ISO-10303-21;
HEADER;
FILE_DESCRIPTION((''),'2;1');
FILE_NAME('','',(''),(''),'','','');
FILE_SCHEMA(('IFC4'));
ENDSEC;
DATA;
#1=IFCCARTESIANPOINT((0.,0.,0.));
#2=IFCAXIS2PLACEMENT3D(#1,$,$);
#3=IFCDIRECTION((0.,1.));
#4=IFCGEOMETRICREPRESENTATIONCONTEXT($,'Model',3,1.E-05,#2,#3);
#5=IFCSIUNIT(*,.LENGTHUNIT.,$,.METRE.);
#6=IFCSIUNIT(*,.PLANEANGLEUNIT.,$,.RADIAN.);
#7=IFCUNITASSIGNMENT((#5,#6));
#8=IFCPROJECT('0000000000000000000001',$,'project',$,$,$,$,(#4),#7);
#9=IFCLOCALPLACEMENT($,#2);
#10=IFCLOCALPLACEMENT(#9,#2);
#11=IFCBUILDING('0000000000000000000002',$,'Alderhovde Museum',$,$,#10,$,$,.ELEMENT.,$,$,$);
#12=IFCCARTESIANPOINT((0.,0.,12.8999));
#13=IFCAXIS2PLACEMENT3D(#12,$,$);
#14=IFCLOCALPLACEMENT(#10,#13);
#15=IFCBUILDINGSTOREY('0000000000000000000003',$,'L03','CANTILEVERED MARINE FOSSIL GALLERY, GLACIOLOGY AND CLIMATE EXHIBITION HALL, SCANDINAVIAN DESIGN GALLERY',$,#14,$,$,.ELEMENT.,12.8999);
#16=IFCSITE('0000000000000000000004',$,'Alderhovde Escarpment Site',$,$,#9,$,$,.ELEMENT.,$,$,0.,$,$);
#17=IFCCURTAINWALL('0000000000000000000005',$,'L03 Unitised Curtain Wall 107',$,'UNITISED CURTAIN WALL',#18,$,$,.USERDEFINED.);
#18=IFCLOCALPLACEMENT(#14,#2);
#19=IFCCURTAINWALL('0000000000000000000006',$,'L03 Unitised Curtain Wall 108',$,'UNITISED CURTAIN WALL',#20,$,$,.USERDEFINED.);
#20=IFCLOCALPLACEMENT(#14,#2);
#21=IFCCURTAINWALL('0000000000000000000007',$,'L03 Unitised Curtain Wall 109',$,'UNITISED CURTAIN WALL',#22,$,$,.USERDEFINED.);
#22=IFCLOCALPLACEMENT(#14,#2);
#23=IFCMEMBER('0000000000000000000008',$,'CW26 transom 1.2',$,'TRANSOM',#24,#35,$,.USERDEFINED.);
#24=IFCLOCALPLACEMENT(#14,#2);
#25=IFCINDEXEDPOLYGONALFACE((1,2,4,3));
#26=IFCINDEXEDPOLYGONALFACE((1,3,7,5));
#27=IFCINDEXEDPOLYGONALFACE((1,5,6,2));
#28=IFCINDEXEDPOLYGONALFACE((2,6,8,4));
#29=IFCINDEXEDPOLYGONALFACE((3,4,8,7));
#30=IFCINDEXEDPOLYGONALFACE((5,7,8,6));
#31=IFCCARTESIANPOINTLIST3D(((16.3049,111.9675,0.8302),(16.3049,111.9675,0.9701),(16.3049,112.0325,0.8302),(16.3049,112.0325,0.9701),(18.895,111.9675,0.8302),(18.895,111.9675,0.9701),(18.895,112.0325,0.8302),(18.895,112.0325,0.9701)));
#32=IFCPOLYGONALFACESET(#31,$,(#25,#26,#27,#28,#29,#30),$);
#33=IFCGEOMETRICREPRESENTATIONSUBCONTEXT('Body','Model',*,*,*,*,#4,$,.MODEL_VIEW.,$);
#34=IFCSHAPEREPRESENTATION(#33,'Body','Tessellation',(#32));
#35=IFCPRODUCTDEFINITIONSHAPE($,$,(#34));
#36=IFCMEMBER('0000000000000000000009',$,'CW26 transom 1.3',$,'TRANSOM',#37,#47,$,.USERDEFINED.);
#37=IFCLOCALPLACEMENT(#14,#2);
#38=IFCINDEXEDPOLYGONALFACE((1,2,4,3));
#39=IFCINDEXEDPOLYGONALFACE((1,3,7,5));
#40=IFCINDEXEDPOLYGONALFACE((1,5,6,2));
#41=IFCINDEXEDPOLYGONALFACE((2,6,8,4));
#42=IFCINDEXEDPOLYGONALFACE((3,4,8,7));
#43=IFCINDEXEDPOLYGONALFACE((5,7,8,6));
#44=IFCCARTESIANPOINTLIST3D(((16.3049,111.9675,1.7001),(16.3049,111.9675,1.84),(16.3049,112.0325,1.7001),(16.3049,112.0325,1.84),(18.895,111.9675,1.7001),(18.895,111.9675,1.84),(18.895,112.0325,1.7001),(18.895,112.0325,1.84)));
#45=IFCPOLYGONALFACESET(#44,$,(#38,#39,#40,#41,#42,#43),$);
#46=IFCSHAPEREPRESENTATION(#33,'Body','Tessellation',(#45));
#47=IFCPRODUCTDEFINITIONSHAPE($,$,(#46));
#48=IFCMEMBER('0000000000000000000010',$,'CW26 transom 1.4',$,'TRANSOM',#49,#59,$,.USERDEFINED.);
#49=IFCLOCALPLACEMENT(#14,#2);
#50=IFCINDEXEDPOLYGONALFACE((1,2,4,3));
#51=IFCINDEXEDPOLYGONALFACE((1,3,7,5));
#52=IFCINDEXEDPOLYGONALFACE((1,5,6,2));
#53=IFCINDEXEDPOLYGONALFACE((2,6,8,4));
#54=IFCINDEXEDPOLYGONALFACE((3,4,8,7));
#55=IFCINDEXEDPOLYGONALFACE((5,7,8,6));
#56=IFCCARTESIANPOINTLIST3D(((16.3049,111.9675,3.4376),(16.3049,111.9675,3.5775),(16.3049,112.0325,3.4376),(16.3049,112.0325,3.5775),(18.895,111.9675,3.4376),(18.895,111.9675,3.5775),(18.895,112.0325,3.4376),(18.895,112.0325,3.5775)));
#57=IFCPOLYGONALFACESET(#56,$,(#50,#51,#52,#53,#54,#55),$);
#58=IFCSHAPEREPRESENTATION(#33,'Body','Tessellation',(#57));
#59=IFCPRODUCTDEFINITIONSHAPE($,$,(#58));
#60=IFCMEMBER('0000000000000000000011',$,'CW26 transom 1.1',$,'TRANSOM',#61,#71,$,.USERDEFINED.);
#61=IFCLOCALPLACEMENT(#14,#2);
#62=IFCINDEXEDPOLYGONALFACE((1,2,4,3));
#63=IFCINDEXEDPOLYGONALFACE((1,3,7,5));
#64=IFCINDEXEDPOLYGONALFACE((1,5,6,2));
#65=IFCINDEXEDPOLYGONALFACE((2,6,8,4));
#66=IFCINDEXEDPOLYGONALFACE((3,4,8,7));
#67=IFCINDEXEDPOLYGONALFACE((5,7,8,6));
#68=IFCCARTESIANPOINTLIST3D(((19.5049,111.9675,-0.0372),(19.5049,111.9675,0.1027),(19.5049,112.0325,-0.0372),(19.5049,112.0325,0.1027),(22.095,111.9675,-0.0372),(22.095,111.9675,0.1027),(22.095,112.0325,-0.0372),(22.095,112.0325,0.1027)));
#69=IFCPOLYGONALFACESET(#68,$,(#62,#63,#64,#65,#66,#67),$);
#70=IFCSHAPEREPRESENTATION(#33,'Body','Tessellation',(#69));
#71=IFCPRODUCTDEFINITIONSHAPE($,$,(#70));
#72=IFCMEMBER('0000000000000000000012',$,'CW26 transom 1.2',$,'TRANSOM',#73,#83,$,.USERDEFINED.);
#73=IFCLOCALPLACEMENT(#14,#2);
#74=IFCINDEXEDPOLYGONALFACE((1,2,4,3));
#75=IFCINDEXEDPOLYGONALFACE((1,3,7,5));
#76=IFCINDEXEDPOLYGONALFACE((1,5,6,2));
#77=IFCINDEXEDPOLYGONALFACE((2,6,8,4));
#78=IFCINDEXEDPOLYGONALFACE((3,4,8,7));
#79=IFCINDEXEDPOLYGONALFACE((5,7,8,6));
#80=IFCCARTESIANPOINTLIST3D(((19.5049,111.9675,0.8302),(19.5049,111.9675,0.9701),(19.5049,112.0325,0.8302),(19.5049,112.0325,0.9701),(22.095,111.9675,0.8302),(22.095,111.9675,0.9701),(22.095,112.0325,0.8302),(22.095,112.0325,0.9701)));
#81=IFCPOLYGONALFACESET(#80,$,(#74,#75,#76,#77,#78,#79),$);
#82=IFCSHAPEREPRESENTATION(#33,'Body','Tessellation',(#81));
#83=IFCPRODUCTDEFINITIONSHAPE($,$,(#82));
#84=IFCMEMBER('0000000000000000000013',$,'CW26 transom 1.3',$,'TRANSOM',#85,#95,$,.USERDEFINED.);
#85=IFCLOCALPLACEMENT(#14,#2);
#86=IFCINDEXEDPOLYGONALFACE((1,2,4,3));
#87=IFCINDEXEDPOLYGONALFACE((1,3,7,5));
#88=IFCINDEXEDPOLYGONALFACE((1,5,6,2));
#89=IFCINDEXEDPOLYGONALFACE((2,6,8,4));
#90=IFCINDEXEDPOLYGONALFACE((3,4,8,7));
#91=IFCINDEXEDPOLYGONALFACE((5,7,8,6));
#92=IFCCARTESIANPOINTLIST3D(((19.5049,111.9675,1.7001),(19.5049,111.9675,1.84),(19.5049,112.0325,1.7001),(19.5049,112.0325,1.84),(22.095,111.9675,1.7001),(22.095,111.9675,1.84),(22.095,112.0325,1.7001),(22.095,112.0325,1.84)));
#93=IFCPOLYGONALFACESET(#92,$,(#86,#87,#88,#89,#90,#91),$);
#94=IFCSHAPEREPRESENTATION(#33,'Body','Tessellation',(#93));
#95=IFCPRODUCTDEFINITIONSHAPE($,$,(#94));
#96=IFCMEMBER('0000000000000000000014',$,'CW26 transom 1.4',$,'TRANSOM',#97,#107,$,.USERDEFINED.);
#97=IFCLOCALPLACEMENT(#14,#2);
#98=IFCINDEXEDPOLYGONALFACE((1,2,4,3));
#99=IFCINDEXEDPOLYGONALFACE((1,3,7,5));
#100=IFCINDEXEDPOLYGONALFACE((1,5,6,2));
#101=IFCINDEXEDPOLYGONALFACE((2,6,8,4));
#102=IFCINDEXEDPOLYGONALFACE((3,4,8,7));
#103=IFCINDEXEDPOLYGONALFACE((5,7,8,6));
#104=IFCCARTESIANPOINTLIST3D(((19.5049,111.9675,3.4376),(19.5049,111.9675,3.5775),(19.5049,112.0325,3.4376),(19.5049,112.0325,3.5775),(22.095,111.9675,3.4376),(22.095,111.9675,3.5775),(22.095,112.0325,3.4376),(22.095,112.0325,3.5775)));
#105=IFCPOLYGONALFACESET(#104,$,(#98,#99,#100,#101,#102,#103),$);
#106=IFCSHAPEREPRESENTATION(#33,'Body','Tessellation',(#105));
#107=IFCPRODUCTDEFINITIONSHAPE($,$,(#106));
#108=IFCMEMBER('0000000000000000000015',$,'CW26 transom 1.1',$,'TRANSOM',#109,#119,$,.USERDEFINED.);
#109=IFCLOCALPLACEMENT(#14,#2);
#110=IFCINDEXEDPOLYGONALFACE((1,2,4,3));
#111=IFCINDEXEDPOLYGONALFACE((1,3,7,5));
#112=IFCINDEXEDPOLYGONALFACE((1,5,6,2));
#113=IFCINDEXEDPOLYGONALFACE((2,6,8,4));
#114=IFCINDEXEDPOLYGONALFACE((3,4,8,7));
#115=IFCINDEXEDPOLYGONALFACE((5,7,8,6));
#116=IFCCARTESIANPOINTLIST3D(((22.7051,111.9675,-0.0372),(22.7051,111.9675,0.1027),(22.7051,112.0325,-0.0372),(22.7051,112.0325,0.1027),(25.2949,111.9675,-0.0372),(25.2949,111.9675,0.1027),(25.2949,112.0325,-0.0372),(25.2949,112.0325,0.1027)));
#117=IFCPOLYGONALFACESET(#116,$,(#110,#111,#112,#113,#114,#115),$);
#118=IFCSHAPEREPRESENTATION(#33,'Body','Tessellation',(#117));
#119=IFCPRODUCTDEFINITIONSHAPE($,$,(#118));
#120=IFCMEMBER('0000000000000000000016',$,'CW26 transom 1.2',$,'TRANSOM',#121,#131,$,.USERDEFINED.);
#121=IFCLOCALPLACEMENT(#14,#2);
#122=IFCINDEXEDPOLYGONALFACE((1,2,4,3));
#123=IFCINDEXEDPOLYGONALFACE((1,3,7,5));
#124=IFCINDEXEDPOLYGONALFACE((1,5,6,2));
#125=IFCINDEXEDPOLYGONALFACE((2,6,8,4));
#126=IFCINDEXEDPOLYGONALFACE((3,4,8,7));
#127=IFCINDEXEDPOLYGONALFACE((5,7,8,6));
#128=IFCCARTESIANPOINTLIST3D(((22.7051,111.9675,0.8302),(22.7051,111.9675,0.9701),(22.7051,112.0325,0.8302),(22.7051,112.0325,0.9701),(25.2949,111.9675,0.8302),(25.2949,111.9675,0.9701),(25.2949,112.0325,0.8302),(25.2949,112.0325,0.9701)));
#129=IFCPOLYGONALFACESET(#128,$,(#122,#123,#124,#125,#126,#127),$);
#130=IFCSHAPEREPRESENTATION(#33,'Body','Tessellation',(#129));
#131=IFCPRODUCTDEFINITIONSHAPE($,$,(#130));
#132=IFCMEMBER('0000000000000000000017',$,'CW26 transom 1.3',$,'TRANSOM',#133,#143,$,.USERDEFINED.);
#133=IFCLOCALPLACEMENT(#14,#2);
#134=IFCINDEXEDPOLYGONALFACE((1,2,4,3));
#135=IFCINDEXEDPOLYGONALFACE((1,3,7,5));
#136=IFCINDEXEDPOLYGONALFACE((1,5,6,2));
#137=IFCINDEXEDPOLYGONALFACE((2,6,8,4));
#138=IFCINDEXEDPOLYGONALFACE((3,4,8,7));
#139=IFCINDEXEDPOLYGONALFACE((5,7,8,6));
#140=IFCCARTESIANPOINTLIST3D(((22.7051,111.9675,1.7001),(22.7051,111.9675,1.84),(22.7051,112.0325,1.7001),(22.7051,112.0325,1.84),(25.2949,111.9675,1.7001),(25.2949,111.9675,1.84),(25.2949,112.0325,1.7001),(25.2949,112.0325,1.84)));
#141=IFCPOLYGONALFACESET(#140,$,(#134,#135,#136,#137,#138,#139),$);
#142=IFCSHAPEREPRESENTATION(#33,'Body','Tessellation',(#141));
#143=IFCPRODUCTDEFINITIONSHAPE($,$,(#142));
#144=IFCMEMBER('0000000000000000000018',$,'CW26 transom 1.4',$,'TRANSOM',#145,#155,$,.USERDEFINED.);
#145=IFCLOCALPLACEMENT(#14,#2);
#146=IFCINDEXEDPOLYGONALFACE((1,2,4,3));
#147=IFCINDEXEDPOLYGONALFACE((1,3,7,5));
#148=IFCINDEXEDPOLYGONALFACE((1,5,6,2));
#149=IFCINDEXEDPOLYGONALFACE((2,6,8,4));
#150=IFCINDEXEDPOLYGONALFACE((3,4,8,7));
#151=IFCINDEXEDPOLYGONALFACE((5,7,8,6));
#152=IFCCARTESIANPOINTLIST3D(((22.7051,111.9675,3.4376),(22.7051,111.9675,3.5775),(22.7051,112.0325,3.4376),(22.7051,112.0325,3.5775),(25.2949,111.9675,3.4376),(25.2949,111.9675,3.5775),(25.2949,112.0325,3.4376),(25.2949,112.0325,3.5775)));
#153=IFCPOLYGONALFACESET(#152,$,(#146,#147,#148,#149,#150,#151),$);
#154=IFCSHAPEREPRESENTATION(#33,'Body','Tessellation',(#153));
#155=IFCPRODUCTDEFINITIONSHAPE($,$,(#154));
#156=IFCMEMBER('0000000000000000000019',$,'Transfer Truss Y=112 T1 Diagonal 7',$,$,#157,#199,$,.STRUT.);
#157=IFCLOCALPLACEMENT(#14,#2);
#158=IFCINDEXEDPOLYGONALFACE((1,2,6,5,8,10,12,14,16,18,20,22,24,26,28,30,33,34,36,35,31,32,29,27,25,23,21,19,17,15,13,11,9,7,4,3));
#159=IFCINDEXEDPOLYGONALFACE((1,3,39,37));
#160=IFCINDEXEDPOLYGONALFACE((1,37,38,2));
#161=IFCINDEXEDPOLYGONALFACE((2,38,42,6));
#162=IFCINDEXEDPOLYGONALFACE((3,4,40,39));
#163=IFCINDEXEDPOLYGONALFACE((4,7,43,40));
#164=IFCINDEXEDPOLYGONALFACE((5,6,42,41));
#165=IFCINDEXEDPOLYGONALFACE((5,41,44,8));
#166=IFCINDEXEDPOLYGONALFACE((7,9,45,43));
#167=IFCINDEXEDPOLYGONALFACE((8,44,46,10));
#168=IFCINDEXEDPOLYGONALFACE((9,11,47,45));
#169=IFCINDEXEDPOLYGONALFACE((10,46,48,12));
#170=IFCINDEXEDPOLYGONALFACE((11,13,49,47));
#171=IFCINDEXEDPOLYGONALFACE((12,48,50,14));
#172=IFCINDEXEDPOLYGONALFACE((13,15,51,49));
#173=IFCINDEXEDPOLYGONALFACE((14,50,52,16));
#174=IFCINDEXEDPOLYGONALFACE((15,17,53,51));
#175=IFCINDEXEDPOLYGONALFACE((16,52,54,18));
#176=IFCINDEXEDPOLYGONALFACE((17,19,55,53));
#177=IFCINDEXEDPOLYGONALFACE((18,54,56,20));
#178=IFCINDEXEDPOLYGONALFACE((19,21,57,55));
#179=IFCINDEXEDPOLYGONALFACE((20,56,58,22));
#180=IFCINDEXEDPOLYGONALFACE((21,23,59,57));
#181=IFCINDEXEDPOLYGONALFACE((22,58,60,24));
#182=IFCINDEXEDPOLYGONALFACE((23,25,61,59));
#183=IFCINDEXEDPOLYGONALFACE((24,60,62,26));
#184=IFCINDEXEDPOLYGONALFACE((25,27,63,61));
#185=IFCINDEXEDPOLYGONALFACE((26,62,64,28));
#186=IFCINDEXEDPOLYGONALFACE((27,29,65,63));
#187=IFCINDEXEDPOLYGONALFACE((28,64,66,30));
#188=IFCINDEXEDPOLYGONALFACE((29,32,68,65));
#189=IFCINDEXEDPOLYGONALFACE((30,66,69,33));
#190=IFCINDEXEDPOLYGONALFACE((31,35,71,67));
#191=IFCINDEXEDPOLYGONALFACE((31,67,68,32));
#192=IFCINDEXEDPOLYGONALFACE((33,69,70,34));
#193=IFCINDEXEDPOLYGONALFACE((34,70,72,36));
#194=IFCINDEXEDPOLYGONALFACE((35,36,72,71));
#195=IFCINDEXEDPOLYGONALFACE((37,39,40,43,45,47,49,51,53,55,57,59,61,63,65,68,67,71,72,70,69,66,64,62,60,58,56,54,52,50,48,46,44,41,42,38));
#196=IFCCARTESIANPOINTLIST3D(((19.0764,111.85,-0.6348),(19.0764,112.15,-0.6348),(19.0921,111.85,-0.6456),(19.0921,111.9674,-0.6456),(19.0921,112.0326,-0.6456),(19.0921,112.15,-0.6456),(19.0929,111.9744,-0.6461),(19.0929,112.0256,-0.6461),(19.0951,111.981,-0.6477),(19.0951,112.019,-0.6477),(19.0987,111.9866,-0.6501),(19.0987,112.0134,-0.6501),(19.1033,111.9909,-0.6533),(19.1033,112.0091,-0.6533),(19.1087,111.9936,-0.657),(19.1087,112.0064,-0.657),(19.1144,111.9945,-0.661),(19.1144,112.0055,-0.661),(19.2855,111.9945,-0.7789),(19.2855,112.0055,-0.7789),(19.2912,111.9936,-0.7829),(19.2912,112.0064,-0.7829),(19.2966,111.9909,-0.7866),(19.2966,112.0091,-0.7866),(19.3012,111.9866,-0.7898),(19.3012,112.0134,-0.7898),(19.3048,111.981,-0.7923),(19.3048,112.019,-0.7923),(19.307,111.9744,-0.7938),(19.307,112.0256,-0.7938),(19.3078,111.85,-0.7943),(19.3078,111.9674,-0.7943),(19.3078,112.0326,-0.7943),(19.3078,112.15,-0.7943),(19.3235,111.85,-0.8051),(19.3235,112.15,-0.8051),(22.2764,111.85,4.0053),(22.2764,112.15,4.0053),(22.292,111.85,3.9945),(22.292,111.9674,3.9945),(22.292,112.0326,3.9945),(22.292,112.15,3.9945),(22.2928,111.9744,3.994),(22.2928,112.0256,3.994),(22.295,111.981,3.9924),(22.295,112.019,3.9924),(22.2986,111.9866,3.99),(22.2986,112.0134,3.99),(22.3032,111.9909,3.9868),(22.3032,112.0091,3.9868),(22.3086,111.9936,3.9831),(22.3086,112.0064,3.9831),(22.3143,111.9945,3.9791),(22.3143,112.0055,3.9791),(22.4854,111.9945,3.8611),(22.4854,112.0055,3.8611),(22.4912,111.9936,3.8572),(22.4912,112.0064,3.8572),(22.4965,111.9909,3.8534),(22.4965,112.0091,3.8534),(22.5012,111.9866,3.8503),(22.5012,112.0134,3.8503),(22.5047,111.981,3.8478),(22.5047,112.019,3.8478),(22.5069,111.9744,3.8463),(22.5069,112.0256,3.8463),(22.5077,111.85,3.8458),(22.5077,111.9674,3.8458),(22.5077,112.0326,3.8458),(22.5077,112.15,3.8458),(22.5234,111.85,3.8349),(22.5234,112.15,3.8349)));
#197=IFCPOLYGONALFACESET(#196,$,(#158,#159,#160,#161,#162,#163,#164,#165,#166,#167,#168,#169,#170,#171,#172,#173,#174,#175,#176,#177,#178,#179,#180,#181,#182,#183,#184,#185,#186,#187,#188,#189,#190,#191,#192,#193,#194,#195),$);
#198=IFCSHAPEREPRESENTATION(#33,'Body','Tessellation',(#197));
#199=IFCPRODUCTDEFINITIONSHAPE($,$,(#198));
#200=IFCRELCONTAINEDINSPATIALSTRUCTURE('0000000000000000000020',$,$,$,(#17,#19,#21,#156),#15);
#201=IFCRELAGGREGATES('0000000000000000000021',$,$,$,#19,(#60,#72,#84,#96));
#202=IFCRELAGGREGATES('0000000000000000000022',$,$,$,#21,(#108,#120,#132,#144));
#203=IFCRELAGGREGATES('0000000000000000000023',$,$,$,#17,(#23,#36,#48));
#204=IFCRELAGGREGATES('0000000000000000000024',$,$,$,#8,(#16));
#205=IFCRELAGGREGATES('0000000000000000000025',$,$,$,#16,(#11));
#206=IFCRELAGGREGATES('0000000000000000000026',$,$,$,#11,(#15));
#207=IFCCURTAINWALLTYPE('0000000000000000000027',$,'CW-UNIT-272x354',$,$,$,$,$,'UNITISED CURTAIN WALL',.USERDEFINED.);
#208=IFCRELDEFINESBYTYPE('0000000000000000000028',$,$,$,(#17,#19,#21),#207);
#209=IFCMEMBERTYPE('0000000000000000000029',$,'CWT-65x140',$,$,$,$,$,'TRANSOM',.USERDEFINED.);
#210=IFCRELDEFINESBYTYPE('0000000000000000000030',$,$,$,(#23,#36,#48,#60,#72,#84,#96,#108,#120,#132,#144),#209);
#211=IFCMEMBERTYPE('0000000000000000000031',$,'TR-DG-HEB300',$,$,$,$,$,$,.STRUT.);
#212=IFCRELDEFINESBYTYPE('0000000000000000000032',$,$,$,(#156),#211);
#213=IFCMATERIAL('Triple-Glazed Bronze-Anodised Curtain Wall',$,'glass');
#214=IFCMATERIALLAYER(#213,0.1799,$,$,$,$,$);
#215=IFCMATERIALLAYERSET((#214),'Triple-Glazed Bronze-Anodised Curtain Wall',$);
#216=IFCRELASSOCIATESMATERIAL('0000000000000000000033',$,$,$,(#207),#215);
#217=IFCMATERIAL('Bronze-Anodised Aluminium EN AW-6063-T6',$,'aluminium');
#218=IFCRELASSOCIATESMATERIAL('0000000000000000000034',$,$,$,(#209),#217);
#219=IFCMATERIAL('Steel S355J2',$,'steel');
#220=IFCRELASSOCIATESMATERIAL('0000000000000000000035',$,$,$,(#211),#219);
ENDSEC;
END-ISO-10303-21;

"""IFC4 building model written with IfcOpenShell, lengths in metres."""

from ifc_helpers import new_model, si_unit, direction, frame, origin, origin_2d, place, context, subcontext, project, spatial, rectangle, i_section, extrude, material, layer, layer_set, material_profile, profile_set, type_object, element, aggregate, save


model = new_model("IFC4")

# Units and contexts
model_context = context("Model", 3, precision=1e-05, world=origin(), true_north=direction((0.0, 1.0)))
body_context = subcontext(model_context, "Body", "Model", "MODEL_VIEW")
ifc_project = project(units=[si_unit("LENGTHUNIT", "METRE"), si_unit("PLANEANGLEUNIT", "RADIAN")], contexts=[model_context])

# Site, building, storey
site_placement = place(None, origin())
site = spatial("IfcSite", under=ifc_project, at=site_placement, Name="Alderhovde Escarpment Site", CompositionType="ELEMENT", RefElevation=0.0)
building_placement = place(site_placement, origin())
building = spatial("IfcBuilding", under=site, at=building_placement, Name="Alderhovde Museum", CompositionType="ELEMENT")
storey_placement = place(building_placement, frame((0.0, 0.0, 12.8999)))
storey = spatial("IfcBuildingStorey", under=building, at=storey_placement, Name="L03", Description="CANTILEVERED MARINE FOSSIL GALLERY, GLACIOLOGY AND CLIMATE EXHIBITION HALL, SCANDINAVIAN DESIGN GALLERY", CompositionType="ELEMENT", Elevation=12.8999)

# Curtain walls
ifc_material_1 = material(Name="Triple-Glazed Bronze-Anodised Curtain Wall", Category="glass")
ifc_layer_1 = layer(ifc_material_1, 0.1799)
ifc_layer_set_1 = layer_set([ifc_layer_1], Name="Triple-Glazed Bronze-Anodised Curtain Wall")
curtain_wall_type = type_object("IfcCurtainWallType", Name="CW-UNIT-272x354", ElementType="UNITISED CURTAIN WALL", PredefinedType="USERDEFINED", material=ifc_layer_set_1)
curtain_wall_1_placement = place(storey_placement, origin())
curtain_wall_1 = element("IfcCurtainWall", 1, at=curtain_wall_1_placement, inside=storey, type_object=curtain_wall_type, Name="L03 Unitised Curtain Wall 107", ObjectType="UNITISED CURTAIN WALL", PredefinedType="USERDEFINED")
curtain_wall_2_placement = place(storey_placement, origin())
curtain_wall_2 = element("IfcCurtainWall", 2, at=curtain_wall_2_placement, inside=storey, type_object=curtain_wall_type, Name="L03 Unitised Curtain Wall 108", ObjectType="UNITISED CURTAIN WALL", PredefinedType="USERDEFINED")
curtain_wall_3_placement = place(storey_placement, origin())
curtain_wall_3 = element("IfcCurtainWall", 3, at=curtain_wall_3_placement, inside=storey, type_object=curtain_wall_type, Name="L03 Unitised Curtain Wall 109", ObjectType="UNITISED CURTAIN WALL", PredefinedType="USERDEFINED")

# Members
ifc_material_2 = material(Name="Bronze-Anodised Aluminium EN AW-6063-T6", Category="aluminium")
ifc_material_profile_1 = material_profile(ifc_material_2, rectangle(XDim=0.0649, YDim=0.1399, at=origin_2d()), Name="TRANSOM 65x140")
ifc_profile_set_1 = profile_set([ifc_material_profile_1], Name="Bronze-Anodised Aluminium EN AW-6063-T6")
member_type_1 = type_object("IfcMemberType", Name="CWT-65x140", ElementType="TRANSOM", PredefinedType="USERDEFINED", material=ifc_profile_set_1)
member_1_placement = place(storey_placement, frame((16.3049, 112.0, 0.9001), z_axis=(1.0, 0.0, 0.0), x_axis=(0.0, 1.0, 0.0)))
member_1 = element("IfcMember", 4, at=member_1_placement, type_object=member_type_1, Name="CW26 transom 1.2", ObjectType="TRANSOM", PredefinedType="USERDEFINED", context=body_context, shape_type="SweptSolid", body=[
    extrude(rectangle(XDim=0.0649, YDim=0.1399, at=origin_2d()), origin(), (0.0, 0.0, 1.0), 2.5901),
])
member_2_placement = place(storey_placement, frame((16.3049, 112.0, 1.77), z_axis=(1.0, 0.0, 0.0), x_axis=(0.0, 1.0, 0.0)))
member_2 = element("IfcMember", 5, at=member_2_placement, type_object=member_type_1, Name="CW26 transom 1.3", ObjectType="TRANSOM", PredefinedType="USERDEFINED", context=body_context, shape_type="SweptSolid", body=[
    extrude(rectangle(XDim=0.0649, YDim=0.1399, at=origin_2d()), origin(), (0.0, 0.0, 1.0), 2.5901),
])
member_3_placement = place(storey_placement, frame((16.3049, 112.0, 3.5076), z_axis=(1.0, 0.0, 0.0), x_axis=(0.0, 1.0, 0.0)))
member_3 = element("IfcMember", 6, at=member_3_placement, type_object=member_type_1, Name="CW26 transom 1.4", ObjectType="TRANSOM", PredefinedType="USERDEFINED", context=body_context, shape_type="SweptSolid", body=[
    extrude(rectangle(XDim=0.0649, YDim=0.1399, at=origin_2d()), origin(), (0.0, 0.0, 1.0), 2.5901),
])
member_4_placement = place(storey_placement, frame((19.5049, 112.0, 0.0327), z_axis=(1.0, 0.0, 0.0), x_axis=(0.0, 1.0, 0.0)))
member_4 = element("IfcMember", 7, at=member_4_placement, type_object=member_type_1, Name="CW26 transom 1.1", ObjectType="TRANSOM", PredefinedType="USERDEFINED", context=body_context, shape_type="SweptSolid", body=[
    extrude(rectangle(XDim=0.0649, YDim=0.1399, at=origin_2d()), origin(), (0.0, 0.0, 1.0), 2.5901),
])
member_5_placement = place(storey_placement, frame((19.5049, 112.0, 0.9001), z_axis=(1.0, 0.0, 0.0), x_axis=(0.0, 1.0, 0.0)))
member_5 = element("IfcMember", 8, at=member_5_placement, type_object=member_type_1, Name="CW26 transom 1.2", ObjectType="TRANSOM", PredefinedType="USERDEFINED", context=body_context, shape_type="SweptSolid", body=[
    extrude(rectangle(XDim=0.0649, YDim=0.1399, at=origin_2d()), origin(), (0.0, 0.0, 1.0), 2.5901),
])
member_6_placement = place(storey_placement, frame((19.5049, 112.0, 1.77), z_axis=(1.0, 0.0, 0.0), x_axis=(0.0, 1.0, 0.0)))
member_6 = element("IfcMember", 9, at=member_6_placement, type_object=member_type_1, Name="CW26 transom 1.3", ObjectType="TRANSOM", PredefinedType="USERDEFINED", context=body_context, shape_type="SweptSolid", body=[
    extrude(rectangle(XDim=0.0649, YDim=0.1399, at=origin_2d()), origin(), (0.0, 0.0, 1.0), 2.5901),
])
member_7_placement = place(storey_placement, frame((19.5049, 112.0, 3.5076), z_axis=(1.0, 0.0, 0.0), x_axis=(0.0, 1.0, 0.0)))
member_7 = element("IfcMember", 10, at=member_7_placement, type_object=member_type_1, Name="CW26 transom 1.4", ObjectType="TRANSOM", PredefinedType="USERDEFINED", context=body_context, shape_type="SweptSolid", body=[
    extrude(rectangle(XDim=0.0649, YDim=0.1399, at=origin_2d()), origin(), (0.0, 0.0, 1.0), 2.5901),
])
member_8_placement = place(storey_placement, frame((22.7051, 112.0, 0.0327), z_axis=(1.0, 0.0, 0.0), x_axis=(0.0, 1.0, 0.0)))
member_8 = element("IfcMember", 11, at=member_8_placement, type_object=member_type_1, Name="CW26 transom 1.1", ObjectType="TRANSOM", PredefinedType="USERDEFINED", context=body_context, shape_type="SweptSolid", body=[
    extrude(rectangle(XDim=0.0649, YDim=0.1399, at=origin_2d()), origin(), (0.0, 0.0, 1.0), 2.5898),
])
member_9_placement = place(storey_placement, frame((22.7051, 112.0, 0.9001), z_axis=(1.0, 0.0, 0.0), x_axis=(0.0, 1.0, 0.0)))
member_9 = element("IfcMember", 12, at=member_9_placement, type_object=member_type_1, Name="CW26 transom 1.2", ObjectType="TRANSOM", PredefinedType="USERDEFINED", context=body_context, shape_type="SweptSolid", body=[
    extrude(rectangle(XDim=0.0649, YDim=0.1399, at=origin_2d()), origin(), (0.0, 0.0, 1.0), 2.5898),
])
member_10_placement = place(storey_placement, frame((22.7051, 112.0, 1.77), z_axis=(1.0, 0.0, 0.0), x_axis=(0.0, 1.0, 0.0)))
member_10 = element("IfcMember", 13, at=member_10_placement, type_object=member_type_1, Name="CW26 transom 1.3", ObjectType="TRANSOM", PredefinedType="USERDEFINED", context=body_context, shape_type="SweptSolid", body=[
    extrude(rectangle(XDim=0.0649, YDim=0.1399, at=origin_2d()), origin(), (0.0, 0.0, 1.0), 2.5898),
])
member_11_placement = place(storey_placement, frame((22.7051, 112.0, 3.5076), z_axis=(1.0, 0.0, 0.0), x_axis=(0.0, 1.0, 0.0)))
member_11 = element("IfcMember", 14, at=member_11_placement, type_object=member_type_1, Name="CW26 transom 1.4", ObjectType="TRANSOM", PredefinedType="USERDEFINED", context=body_context, shape_type="SweptSolid", body=[
    extrude(rectangle(XDim=0.0649, YDim=0.1399, at=origin_2d()), origin(), (0.0, 0.0, 1.0), 2.5898),
])

# Member
ifc_material_3 = material(Name="Steel S355J2", Category="steel")
ifc_material_profile_2 = material_profile(ifc_material_3, i_section(OverallWidth=0.3, OverallDepth=0.3, WebThickness=0.011, FlangeThickness=0.019, FilletRadius=0.0271, at=origin_2d()), Name="HEB 300")
ifc_profile_set_2 = profile_set([ifc_material_profile_2], Name="Steel S355J2")
member_type_2 = type_object("IfcMemberType", Name="TR-DG-HEB300", PredefinedType="STRUT", material=ifc_profile_set_2)
member_12_placement = place(storey_placement, frame((19.2, 112.0, -0.72), z_axis=(0.567716, 0.0, 0.823225), x_axis=(0.0, 1.0, 0.0)))
element("IfcMember", 15, at=member_12_placement, inside=storey, type_object=member_type_2, Name="Transfer Truss Y=112 T1 Diagonal 7", PredefinedType="STRUT", context=body_context, shape_type="SweptSolid", body=[
    extrude(i_section(OverallWidth=0.3, OverallDepth=0.3, WebThickness=0.011, FlangeThickness=0.019, FilletRadius=0.0271, at=origin_2d()), origin(), (0.0, 0.0, 1.0), 5.6365),
])

aggregate(curtain_wall_2, [member_4, member_5, member_6, member_7])
aggregate(curtain_wall_3, [member_8, member_9, member_10, member_11])
aggregate(curtain_wall_1, [member_1, member_2, member_3])

save(model, "model.ifc")
